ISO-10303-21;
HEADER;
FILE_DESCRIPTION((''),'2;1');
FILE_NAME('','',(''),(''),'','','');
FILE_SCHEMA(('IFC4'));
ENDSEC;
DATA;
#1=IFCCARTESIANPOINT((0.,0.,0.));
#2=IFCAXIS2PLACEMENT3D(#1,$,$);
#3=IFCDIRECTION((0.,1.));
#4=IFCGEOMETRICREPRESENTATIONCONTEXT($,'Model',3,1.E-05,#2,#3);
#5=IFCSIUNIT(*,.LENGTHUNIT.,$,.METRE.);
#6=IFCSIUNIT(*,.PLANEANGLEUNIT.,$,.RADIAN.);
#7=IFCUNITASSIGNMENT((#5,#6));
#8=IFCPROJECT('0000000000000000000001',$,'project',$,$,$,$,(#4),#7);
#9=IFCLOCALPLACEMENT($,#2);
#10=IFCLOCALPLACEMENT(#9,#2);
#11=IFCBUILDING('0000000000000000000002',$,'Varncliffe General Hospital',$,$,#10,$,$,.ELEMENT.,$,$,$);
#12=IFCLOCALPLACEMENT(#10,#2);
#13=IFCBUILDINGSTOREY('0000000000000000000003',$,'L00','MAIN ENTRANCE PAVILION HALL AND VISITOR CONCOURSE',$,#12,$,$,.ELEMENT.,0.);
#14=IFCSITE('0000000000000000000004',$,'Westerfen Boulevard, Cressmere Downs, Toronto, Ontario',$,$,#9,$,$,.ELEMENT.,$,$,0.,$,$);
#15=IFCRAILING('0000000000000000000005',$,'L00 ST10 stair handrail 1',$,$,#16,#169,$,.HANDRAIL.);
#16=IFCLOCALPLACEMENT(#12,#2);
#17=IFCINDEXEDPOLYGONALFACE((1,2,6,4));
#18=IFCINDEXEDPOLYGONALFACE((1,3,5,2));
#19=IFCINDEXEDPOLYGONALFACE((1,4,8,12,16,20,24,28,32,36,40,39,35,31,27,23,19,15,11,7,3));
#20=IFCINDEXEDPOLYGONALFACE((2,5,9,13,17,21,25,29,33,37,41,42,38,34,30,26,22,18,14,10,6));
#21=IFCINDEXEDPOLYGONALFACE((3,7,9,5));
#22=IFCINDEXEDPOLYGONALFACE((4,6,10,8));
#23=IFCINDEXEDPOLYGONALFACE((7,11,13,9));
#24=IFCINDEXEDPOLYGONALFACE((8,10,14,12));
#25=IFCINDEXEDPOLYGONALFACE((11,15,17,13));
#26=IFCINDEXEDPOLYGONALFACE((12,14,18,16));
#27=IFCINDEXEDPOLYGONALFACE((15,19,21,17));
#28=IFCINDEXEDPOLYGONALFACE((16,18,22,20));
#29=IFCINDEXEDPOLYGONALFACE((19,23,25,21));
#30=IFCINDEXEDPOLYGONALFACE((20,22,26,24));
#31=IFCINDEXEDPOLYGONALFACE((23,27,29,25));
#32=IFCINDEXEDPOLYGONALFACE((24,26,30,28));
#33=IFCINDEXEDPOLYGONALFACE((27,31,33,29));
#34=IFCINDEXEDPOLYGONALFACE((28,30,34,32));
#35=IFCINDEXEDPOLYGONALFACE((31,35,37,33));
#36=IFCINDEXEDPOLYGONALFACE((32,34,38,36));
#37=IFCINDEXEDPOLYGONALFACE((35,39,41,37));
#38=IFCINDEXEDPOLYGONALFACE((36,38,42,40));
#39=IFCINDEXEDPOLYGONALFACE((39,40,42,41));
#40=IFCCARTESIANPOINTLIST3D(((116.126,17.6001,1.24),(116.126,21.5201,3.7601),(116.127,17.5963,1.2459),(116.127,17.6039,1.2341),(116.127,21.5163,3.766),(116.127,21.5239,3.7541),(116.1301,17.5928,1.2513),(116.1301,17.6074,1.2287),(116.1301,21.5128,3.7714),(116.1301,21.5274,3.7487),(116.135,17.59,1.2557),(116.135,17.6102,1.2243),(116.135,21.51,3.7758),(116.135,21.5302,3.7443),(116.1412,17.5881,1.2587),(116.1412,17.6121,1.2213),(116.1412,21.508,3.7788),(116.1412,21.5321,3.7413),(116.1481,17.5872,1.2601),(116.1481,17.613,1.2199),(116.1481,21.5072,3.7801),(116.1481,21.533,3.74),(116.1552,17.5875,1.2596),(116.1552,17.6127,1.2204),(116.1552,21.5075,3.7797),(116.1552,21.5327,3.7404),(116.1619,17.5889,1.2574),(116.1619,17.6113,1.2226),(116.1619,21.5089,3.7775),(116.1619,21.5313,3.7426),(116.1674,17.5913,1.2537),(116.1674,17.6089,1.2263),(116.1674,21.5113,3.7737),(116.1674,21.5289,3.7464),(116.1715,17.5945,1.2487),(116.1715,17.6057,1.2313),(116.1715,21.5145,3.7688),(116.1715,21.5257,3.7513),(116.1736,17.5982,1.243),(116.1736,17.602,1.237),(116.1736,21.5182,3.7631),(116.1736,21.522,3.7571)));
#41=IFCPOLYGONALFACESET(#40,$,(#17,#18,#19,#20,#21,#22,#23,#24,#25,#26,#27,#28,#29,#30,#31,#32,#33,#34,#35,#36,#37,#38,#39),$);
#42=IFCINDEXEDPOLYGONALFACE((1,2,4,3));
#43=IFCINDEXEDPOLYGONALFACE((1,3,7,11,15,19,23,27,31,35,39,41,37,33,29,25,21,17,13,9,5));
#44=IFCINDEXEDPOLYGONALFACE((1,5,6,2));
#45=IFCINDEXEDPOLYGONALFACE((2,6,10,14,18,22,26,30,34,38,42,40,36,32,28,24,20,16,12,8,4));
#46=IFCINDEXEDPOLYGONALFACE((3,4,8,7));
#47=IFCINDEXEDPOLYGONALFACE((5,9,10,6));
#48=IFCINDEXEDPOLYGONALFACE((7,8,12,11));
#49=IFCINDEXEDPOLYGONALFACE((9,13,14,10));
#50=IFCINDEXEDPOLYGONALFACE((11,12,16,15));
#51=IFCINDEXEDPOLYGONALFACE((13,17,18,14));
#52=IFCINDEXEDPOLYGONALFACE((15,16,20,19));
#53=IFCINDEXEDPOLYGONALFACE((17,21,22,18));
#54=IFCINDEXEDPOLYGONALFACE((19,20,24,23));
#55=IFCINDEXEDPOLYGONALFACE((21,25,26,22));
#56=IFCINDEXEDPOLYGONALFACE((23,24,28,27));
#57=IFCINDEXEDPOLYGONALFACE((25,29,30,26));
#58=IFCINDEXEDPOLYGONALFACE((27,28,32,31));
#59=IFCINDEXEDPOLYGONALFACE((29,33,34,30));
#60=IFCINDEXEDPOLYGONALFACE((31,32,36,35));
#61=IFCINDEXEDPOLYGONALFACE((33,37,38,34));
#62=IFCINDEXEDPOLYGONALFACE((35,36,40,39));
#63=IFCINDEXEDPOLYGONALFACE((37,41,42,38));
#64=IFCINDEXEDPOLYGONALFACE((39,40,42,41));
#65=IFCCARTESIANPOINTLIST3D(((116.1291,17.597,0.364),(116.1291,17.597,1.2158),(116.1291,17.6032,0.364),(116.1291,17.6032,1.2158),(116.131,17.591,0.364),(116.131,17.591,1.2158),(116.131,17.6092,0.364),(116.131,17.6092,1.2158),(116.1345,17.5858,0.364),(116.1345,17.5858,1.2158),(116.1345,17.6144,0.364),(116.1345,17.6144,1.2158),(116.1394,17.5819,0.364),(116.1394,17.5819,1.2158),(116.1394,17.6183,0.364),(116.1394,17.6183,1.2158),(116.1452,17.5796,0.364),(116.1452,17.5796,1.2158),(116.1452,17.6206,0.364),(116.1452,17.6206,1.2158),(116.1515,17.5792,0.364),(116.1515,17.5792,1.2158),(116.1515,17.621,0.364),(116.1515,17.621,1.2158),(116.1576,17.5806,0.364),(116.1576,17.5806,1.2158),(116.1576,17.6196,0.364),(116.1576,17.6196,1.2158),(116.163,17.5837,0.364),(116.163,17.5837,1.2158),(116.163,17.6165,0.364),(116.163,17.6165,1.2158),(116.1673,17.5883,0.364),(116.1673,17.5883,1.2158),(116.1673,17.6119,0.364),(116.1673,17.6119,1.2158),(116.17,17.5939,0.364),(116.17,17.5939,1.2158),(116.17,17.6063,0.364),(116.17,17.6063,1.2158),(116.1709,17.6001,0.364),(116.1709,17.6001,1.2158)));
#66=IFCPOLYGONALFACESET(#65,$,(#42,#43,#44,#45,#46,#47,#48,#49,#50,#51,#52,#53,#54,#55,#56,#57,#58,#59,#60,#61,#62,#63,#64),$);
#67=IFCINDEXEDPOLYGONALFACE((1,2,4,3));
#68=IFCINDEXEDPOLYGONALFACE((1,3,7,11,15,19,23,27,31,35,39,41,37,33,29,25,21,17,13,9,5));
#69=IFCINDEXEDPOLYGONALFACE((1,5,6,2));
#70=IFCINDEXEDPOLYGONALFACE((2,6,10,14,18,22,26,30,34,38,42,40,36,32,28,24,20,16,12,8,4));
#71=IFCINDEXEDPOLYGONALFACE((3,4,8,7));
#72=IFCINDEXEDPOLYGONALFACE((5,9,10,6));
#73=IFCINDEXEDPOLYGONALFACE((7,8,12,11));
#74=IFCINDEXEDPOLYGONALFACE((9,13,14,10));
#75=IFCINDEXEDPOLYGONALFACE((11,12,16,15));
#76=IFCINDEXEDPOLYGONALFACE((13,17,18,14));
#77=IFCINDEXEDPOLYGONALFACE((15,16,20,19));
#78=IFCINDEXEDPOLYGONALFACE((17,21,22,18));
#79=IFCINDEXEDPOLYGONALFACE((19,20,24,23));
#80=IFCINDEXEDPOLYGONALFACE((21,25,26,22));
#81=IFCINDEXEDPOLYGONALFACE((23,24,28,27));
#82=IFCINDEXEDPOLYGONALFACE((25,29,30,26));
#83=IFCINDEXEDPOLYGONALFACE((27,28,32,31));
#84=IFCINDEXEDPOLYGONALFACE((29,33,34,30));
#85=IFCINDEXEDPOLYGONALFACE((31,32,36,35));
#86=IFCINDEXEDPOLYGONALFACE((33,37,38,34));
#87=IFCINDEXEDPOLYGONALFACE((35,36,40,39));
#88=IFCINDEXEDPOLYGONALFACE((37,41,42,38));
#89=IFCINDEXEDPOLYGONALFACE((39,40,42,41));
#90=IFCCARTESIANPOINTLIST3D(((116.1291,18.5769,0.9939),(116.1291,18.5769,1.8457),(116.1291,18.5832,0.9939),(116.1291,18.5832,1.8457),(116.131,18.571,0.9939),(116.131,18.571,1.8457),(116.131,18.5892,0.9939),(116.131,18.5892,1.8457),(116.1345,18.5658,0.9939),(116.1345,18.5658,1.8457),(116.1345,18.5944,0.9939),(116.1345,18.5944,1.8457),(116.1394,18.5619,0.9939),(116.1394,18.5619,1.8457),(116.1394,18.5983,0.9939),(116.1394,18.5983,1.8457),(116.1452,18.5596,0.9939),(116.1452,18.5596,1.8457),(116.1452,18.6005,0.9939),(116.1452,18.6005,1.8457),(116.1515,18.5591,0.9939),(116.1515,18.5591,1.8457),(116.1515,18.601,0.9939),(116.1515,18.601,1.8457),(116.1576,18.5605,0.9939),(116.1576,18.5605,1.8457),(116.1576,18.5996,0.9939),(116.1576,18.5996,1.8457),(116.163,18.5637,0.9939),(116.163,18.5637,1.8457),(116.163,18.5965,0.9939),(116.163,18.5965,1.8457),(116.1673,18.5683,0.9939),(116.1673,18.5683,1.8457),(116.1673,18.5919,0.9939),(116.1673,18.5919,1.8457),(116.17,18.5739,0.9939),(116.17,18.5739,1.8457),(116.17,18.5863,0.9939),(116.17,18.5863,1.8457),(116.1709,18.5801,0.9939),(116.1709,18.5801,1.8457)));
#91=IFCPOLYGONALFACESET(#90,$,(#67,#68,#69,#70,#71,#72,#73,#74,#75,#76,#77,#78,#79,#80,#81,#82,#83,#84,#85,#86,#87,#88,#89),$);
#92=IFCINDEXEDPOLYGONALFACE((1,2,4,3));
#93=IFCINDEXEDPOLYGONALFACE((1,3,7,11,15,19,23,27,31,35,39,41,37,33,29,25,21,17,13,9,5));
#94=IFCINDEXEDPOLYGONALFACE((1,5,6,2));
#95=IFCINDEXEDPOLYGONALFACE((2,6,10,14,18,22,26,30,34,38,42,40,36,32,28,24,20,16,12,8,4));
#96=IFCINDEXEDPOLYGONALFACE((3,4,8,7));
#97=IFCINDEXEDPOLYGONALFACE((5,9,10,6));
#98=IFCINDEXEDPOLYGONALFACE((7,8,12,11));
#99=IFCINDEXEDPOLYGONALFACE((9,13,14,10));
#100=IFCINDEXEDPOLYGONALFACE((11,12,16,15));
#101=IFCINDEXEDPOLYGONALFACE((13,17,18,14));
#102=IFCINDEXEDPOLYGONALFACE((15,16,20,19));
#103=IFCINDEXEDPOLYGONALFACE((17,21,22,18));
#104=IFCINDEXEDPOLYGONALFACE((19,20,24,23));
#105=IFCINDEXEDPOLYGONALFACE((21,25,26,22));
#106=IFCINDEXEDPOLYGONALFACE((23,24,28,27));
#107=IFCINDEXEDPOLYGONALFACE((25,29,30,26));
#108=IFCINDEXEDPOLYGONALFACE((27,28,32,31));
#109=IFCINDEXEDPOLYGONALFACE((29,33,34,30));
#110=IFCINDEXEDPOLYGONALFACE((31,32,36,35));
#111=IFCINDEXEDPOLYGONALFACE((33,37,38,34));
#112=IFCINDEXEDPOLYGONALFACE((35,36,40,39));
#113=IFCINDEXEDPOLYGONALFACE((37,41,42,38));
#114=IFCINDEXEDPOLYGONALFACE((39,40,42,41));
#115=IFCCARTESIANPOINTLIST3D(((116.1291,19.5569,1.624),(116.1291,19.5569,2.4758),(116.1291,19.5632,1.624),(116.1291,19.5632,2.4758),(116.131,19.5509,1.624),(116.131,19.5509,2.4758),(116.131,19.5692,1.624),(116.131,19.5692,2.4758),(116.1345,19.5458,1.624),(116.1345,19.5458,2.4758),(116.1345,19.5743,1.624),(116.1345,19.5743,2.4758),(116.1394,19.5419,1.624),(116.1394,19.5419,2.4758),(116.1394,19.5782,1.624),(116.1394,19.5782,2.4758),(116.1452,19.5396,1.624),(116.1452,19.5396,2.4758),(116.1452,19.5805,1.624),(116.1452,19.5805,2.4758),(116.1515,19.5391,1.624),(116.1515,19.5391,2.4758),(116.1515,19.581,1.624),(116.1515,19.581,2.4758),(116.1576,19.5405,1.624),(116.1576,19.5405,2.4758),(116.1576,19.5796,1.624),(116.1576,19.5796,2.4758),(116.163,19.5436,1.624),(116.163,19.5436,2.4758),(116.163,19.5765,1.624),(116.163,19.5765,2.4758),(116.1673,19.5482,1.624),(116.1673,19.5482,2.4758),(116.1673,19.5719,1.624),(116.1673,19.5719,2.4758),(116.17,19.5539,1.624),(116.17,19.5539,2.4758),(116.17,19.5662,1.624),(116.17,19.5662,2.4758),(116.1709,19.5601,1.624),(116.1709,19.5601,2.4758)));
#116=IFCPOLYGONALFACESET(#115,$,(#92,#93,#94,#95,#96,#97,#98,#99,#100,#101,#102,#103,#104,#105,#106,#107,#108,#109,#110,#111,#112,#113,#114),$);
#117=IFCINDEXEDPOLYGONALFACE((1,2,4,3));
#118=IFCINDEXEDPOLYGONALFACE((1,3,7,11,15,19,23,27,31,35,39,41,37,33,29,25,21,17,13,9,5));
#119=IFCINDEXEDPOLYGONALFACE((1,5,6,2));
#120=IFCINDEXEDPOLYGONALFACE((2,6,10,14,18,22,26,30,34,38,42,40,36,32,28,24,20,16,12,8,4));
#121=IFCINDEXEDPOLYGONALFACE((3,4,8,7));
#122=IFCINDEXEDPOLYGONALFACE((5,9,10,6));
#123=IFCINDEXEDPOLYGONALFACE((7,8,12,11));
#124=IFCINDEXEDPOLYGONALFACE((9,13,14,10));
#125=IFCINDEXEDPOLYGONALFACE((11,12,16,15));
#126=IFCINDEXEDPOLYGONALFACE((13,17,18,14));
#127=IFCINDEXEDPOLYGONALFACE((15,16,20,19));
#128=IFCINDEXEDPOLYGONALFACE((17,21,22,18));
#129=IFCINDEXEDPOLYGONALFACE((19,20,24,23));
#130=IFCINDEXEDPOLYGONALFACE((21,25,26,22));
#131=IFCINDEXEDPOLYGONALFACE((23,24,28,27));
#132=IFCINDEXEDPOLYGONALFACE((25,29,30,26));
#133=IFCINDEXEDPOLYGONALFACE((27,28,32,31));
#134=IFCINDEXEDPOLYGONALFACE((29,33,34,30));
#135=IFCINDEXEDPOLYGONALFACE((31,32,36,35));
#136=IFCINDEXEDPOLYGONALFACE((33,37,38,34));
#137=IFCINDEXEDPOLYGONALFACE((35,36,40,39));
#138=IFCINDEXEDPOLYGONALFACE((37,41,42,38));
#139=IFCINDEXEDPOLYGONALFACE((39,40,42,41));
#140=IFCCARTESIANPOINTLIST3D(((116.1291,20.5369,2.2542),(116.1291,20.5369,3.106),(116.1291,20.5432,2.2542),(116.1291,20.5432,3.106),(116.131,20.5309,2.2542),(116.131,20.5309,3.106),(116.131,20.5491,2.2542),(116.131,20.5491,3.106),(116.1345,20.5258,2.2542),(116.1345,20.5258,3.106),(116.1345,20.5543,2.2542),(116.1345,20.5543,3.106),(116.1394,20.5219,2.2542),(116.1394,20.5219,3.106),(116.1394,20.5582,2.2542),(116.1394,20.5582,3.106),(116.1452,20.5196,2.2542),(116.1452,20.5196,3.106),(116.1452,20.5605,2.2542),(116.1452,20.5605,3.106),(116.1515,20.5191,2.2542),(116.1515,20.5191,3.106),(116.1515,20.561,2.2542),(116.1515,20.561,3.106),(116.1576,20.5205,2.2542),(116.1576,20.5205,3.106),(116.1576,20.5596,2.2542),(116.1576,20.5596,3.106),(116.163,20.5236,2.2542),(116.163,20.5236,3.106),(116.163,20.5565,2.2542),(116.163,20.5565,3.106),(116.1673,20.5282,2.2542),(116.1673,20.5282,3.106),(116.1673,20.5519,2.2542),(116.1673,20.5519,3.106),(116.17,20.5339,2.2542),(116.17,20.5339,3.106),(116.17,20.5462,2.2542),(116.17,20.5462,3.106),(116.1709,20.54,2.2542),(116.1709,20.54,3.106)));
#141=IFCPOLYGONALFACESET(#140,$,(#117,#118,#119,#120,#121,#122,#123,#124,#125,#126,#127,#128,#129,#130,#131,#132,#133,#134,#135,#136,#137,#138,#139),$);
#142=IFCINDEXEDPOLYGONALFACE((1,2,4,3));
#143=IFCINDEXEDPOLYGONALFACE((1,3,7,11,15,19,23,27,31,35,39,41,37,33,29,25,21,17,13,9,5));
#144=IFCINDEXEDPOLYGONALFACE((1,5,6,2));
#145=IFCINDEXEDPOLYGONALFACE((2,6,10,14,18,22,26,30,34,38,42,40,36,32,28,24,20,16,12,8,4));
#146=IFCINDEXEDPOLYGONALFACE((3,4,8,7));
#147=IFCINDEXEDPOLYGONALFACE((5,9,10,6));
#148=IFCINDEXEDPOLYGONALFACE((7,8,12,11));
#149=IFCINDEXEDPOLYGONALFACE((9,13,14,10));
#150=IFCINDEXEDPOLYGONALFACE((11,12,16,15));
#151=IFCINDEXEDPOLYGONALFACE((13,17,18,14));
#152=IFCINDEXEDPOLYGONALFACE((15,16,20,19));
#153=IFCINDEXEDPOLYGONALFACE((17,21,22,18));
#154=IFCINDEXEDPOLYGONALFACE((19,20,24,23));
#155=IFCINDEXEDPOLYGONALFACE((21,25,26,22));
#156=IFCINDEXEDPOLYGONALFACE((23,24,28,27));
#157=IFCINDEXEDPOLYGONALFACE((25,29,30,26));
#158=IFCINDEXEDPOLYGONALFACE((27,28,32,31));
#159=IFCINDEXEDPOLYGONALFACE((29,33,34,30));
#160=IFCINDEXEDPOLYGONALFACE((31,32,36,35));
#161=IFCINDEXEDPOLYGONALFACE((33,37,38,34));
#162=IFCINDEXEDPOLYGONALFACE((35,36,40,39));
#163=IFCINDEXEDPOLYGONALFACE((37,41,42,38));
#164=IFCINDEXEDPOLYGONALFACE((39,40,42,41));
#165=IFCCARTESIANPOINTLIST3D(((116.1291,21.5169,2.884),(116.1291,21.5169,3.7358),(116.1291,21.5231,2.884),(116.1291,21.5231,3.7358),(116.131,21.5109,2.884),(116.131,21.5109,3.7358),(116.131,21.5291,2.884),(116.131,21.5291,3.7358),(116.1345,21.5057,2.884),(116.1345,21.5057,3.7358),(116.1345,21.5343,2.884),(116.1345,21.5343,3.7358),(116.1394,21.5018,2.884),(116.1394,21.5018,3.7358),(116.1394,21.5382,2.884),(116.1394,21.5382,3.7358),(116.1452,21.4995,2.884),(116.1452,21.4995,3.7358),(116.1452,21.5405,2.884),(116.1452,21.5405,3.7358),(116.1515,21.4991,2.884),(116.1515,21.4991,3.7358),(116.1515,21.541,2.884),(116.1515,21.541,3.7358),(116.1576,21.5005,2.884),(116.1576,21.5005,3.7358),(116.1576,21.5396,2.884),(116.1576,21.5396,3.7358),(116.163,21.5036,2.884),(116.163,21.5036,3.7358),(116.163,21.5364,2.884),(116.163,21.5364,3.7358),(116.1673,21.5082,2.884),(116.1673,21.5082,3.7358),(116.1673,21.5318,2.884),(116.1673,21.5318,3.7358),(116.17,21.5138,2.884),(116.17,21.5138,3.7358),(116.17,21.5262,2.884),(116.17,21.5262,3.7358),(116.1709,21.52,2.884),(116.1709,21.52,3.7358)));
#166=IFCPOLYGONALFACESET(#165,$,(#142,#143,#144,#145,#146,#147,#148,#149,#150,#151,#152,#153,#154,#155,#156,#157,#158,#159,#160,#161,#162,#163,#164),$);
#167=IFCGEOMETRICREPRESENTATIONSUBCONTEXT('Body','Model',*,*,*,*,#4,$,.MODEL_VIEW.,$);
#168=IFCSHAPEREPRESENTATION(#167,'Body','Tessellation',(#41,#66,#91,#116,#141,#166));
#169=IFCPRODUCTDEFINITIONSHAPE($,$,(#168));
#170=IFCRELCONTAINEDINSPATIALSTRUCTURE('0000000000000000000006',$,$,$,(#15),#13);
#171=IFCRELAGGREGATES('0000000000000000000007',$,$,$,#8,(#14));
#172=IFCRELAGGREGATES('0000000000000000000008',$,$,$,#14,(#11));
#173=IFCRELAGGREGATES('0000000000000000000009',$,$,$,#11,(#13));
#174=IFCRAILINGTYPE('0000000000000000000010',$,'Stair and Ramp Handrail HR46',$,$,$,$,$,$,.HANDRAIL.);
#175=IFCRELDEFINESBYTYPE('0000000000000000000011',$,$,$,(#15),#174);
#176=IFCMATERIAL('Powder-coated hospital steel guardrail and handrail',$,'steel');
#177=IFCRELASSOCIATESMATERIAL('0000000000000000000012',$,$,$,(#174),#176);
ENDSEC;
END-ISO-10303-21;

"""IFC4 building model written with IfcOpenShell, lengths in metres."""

from ifc_helpers import new_model, si_unit, direction, frame, origin, origin_2d, place, context, subcontext, project, spatial, circle, extrude, material, type_object, element, save


model = new_model("IFC4")

# Units and contexts
model_context = context("Model", 3, precision=1e-05, world=origin(), true_north=direction((0.0, 1.0)))
body_context = subcontext(model_context, "Body", "Model", "MODEL_VIEW")
ifc_project = project(units=[si_unit("LENGTHUNIT", "METRE"), si_unit("PLANEANGLEUNIT", "RADIAN")], contexts=[model_context])

# Site, building, storey
site_placement = place(None, origin())
site = spatial("IfcSite", under=ifc_project, at=site_placement, Name="Westerfen Boulevard, Cressmere Downs, Toronto, Ontario", CompositionType="ELEMENT", RefElevation=0.0)
building_placement = place(site_placement, origin())
building = spatial("IfcBuilding", under=site, at=building_placement, Name="Varncliffe General Hospital", CompositionType="ELEMENT")
storey_placement = place(building_placement, origin())
storey = spatial("IfcBuildingStorey", under=building, at=storey_placement, Name="L00", Description="MAIN ENTRANCE PAVILION HALL AND VISITOR CONCOURSE", CompositionType="ELEMENT", Elevation=0.0)

# Railing
ifc_material_1 = material(Name="Powder-coated hospital steel guardrail and handrail", Category="steel")
railing_type_1 = type_object("IfcRailingType", Name="Stair and Ramp Handrail HR46", PredefinedType="HANDRAIL", material=ifc_material_1)
railing_1_placement = place(storey_placement, frame((116.1499, 17.6001, 0.364)))
element("IfcRailing", 1, at=railing_1_placement, inside=storey, type_object=railing_type_1, Name="L00 ST10 stair handrail 1", PredefinedType="HANDRAIL", context=body_context, shape_type="SweptSolid", body=[
    extrude(circle(Radius=0.0239, at=origin_2d()), frame((0.0, 0.0, 0.876), z_axis=(0.0, 0.841172, 0.540768), x_axis=(-1.0, 0.0, 0.0)), (0.0, 0.0, 1.0), 4.6602),
    extrude(circle(Radius=0.021, at=origin_2d()), origin(), (0.0, 0.0, 1.0), 0.8518),
    extrude(circle(Radius=0.021, at=origin_2d()), frame((0.0, 0.98, 0.6299)), (0.0, 0.0, 1.0), 0.8518),
    extrude(circle(Radius=0.021, at=origin_2d()), frame((0.0, 1.96, 1.26)), (0.0, 0.0, 1.0), 0.8518),
    extrude(circle(Radius=0.021, at=origin_2d()), frame((0.0, 2.9399, 1.8901)), (0.0, 0.0, 1.0), 0.8518),
    extrude(circle(Radius=0.021, at=origin_2d()), frame((0.0, 3.9199, 2.52)), (0.0, 0.0, 1.0), 0.8518),
])

save(model, "model.ifc")
